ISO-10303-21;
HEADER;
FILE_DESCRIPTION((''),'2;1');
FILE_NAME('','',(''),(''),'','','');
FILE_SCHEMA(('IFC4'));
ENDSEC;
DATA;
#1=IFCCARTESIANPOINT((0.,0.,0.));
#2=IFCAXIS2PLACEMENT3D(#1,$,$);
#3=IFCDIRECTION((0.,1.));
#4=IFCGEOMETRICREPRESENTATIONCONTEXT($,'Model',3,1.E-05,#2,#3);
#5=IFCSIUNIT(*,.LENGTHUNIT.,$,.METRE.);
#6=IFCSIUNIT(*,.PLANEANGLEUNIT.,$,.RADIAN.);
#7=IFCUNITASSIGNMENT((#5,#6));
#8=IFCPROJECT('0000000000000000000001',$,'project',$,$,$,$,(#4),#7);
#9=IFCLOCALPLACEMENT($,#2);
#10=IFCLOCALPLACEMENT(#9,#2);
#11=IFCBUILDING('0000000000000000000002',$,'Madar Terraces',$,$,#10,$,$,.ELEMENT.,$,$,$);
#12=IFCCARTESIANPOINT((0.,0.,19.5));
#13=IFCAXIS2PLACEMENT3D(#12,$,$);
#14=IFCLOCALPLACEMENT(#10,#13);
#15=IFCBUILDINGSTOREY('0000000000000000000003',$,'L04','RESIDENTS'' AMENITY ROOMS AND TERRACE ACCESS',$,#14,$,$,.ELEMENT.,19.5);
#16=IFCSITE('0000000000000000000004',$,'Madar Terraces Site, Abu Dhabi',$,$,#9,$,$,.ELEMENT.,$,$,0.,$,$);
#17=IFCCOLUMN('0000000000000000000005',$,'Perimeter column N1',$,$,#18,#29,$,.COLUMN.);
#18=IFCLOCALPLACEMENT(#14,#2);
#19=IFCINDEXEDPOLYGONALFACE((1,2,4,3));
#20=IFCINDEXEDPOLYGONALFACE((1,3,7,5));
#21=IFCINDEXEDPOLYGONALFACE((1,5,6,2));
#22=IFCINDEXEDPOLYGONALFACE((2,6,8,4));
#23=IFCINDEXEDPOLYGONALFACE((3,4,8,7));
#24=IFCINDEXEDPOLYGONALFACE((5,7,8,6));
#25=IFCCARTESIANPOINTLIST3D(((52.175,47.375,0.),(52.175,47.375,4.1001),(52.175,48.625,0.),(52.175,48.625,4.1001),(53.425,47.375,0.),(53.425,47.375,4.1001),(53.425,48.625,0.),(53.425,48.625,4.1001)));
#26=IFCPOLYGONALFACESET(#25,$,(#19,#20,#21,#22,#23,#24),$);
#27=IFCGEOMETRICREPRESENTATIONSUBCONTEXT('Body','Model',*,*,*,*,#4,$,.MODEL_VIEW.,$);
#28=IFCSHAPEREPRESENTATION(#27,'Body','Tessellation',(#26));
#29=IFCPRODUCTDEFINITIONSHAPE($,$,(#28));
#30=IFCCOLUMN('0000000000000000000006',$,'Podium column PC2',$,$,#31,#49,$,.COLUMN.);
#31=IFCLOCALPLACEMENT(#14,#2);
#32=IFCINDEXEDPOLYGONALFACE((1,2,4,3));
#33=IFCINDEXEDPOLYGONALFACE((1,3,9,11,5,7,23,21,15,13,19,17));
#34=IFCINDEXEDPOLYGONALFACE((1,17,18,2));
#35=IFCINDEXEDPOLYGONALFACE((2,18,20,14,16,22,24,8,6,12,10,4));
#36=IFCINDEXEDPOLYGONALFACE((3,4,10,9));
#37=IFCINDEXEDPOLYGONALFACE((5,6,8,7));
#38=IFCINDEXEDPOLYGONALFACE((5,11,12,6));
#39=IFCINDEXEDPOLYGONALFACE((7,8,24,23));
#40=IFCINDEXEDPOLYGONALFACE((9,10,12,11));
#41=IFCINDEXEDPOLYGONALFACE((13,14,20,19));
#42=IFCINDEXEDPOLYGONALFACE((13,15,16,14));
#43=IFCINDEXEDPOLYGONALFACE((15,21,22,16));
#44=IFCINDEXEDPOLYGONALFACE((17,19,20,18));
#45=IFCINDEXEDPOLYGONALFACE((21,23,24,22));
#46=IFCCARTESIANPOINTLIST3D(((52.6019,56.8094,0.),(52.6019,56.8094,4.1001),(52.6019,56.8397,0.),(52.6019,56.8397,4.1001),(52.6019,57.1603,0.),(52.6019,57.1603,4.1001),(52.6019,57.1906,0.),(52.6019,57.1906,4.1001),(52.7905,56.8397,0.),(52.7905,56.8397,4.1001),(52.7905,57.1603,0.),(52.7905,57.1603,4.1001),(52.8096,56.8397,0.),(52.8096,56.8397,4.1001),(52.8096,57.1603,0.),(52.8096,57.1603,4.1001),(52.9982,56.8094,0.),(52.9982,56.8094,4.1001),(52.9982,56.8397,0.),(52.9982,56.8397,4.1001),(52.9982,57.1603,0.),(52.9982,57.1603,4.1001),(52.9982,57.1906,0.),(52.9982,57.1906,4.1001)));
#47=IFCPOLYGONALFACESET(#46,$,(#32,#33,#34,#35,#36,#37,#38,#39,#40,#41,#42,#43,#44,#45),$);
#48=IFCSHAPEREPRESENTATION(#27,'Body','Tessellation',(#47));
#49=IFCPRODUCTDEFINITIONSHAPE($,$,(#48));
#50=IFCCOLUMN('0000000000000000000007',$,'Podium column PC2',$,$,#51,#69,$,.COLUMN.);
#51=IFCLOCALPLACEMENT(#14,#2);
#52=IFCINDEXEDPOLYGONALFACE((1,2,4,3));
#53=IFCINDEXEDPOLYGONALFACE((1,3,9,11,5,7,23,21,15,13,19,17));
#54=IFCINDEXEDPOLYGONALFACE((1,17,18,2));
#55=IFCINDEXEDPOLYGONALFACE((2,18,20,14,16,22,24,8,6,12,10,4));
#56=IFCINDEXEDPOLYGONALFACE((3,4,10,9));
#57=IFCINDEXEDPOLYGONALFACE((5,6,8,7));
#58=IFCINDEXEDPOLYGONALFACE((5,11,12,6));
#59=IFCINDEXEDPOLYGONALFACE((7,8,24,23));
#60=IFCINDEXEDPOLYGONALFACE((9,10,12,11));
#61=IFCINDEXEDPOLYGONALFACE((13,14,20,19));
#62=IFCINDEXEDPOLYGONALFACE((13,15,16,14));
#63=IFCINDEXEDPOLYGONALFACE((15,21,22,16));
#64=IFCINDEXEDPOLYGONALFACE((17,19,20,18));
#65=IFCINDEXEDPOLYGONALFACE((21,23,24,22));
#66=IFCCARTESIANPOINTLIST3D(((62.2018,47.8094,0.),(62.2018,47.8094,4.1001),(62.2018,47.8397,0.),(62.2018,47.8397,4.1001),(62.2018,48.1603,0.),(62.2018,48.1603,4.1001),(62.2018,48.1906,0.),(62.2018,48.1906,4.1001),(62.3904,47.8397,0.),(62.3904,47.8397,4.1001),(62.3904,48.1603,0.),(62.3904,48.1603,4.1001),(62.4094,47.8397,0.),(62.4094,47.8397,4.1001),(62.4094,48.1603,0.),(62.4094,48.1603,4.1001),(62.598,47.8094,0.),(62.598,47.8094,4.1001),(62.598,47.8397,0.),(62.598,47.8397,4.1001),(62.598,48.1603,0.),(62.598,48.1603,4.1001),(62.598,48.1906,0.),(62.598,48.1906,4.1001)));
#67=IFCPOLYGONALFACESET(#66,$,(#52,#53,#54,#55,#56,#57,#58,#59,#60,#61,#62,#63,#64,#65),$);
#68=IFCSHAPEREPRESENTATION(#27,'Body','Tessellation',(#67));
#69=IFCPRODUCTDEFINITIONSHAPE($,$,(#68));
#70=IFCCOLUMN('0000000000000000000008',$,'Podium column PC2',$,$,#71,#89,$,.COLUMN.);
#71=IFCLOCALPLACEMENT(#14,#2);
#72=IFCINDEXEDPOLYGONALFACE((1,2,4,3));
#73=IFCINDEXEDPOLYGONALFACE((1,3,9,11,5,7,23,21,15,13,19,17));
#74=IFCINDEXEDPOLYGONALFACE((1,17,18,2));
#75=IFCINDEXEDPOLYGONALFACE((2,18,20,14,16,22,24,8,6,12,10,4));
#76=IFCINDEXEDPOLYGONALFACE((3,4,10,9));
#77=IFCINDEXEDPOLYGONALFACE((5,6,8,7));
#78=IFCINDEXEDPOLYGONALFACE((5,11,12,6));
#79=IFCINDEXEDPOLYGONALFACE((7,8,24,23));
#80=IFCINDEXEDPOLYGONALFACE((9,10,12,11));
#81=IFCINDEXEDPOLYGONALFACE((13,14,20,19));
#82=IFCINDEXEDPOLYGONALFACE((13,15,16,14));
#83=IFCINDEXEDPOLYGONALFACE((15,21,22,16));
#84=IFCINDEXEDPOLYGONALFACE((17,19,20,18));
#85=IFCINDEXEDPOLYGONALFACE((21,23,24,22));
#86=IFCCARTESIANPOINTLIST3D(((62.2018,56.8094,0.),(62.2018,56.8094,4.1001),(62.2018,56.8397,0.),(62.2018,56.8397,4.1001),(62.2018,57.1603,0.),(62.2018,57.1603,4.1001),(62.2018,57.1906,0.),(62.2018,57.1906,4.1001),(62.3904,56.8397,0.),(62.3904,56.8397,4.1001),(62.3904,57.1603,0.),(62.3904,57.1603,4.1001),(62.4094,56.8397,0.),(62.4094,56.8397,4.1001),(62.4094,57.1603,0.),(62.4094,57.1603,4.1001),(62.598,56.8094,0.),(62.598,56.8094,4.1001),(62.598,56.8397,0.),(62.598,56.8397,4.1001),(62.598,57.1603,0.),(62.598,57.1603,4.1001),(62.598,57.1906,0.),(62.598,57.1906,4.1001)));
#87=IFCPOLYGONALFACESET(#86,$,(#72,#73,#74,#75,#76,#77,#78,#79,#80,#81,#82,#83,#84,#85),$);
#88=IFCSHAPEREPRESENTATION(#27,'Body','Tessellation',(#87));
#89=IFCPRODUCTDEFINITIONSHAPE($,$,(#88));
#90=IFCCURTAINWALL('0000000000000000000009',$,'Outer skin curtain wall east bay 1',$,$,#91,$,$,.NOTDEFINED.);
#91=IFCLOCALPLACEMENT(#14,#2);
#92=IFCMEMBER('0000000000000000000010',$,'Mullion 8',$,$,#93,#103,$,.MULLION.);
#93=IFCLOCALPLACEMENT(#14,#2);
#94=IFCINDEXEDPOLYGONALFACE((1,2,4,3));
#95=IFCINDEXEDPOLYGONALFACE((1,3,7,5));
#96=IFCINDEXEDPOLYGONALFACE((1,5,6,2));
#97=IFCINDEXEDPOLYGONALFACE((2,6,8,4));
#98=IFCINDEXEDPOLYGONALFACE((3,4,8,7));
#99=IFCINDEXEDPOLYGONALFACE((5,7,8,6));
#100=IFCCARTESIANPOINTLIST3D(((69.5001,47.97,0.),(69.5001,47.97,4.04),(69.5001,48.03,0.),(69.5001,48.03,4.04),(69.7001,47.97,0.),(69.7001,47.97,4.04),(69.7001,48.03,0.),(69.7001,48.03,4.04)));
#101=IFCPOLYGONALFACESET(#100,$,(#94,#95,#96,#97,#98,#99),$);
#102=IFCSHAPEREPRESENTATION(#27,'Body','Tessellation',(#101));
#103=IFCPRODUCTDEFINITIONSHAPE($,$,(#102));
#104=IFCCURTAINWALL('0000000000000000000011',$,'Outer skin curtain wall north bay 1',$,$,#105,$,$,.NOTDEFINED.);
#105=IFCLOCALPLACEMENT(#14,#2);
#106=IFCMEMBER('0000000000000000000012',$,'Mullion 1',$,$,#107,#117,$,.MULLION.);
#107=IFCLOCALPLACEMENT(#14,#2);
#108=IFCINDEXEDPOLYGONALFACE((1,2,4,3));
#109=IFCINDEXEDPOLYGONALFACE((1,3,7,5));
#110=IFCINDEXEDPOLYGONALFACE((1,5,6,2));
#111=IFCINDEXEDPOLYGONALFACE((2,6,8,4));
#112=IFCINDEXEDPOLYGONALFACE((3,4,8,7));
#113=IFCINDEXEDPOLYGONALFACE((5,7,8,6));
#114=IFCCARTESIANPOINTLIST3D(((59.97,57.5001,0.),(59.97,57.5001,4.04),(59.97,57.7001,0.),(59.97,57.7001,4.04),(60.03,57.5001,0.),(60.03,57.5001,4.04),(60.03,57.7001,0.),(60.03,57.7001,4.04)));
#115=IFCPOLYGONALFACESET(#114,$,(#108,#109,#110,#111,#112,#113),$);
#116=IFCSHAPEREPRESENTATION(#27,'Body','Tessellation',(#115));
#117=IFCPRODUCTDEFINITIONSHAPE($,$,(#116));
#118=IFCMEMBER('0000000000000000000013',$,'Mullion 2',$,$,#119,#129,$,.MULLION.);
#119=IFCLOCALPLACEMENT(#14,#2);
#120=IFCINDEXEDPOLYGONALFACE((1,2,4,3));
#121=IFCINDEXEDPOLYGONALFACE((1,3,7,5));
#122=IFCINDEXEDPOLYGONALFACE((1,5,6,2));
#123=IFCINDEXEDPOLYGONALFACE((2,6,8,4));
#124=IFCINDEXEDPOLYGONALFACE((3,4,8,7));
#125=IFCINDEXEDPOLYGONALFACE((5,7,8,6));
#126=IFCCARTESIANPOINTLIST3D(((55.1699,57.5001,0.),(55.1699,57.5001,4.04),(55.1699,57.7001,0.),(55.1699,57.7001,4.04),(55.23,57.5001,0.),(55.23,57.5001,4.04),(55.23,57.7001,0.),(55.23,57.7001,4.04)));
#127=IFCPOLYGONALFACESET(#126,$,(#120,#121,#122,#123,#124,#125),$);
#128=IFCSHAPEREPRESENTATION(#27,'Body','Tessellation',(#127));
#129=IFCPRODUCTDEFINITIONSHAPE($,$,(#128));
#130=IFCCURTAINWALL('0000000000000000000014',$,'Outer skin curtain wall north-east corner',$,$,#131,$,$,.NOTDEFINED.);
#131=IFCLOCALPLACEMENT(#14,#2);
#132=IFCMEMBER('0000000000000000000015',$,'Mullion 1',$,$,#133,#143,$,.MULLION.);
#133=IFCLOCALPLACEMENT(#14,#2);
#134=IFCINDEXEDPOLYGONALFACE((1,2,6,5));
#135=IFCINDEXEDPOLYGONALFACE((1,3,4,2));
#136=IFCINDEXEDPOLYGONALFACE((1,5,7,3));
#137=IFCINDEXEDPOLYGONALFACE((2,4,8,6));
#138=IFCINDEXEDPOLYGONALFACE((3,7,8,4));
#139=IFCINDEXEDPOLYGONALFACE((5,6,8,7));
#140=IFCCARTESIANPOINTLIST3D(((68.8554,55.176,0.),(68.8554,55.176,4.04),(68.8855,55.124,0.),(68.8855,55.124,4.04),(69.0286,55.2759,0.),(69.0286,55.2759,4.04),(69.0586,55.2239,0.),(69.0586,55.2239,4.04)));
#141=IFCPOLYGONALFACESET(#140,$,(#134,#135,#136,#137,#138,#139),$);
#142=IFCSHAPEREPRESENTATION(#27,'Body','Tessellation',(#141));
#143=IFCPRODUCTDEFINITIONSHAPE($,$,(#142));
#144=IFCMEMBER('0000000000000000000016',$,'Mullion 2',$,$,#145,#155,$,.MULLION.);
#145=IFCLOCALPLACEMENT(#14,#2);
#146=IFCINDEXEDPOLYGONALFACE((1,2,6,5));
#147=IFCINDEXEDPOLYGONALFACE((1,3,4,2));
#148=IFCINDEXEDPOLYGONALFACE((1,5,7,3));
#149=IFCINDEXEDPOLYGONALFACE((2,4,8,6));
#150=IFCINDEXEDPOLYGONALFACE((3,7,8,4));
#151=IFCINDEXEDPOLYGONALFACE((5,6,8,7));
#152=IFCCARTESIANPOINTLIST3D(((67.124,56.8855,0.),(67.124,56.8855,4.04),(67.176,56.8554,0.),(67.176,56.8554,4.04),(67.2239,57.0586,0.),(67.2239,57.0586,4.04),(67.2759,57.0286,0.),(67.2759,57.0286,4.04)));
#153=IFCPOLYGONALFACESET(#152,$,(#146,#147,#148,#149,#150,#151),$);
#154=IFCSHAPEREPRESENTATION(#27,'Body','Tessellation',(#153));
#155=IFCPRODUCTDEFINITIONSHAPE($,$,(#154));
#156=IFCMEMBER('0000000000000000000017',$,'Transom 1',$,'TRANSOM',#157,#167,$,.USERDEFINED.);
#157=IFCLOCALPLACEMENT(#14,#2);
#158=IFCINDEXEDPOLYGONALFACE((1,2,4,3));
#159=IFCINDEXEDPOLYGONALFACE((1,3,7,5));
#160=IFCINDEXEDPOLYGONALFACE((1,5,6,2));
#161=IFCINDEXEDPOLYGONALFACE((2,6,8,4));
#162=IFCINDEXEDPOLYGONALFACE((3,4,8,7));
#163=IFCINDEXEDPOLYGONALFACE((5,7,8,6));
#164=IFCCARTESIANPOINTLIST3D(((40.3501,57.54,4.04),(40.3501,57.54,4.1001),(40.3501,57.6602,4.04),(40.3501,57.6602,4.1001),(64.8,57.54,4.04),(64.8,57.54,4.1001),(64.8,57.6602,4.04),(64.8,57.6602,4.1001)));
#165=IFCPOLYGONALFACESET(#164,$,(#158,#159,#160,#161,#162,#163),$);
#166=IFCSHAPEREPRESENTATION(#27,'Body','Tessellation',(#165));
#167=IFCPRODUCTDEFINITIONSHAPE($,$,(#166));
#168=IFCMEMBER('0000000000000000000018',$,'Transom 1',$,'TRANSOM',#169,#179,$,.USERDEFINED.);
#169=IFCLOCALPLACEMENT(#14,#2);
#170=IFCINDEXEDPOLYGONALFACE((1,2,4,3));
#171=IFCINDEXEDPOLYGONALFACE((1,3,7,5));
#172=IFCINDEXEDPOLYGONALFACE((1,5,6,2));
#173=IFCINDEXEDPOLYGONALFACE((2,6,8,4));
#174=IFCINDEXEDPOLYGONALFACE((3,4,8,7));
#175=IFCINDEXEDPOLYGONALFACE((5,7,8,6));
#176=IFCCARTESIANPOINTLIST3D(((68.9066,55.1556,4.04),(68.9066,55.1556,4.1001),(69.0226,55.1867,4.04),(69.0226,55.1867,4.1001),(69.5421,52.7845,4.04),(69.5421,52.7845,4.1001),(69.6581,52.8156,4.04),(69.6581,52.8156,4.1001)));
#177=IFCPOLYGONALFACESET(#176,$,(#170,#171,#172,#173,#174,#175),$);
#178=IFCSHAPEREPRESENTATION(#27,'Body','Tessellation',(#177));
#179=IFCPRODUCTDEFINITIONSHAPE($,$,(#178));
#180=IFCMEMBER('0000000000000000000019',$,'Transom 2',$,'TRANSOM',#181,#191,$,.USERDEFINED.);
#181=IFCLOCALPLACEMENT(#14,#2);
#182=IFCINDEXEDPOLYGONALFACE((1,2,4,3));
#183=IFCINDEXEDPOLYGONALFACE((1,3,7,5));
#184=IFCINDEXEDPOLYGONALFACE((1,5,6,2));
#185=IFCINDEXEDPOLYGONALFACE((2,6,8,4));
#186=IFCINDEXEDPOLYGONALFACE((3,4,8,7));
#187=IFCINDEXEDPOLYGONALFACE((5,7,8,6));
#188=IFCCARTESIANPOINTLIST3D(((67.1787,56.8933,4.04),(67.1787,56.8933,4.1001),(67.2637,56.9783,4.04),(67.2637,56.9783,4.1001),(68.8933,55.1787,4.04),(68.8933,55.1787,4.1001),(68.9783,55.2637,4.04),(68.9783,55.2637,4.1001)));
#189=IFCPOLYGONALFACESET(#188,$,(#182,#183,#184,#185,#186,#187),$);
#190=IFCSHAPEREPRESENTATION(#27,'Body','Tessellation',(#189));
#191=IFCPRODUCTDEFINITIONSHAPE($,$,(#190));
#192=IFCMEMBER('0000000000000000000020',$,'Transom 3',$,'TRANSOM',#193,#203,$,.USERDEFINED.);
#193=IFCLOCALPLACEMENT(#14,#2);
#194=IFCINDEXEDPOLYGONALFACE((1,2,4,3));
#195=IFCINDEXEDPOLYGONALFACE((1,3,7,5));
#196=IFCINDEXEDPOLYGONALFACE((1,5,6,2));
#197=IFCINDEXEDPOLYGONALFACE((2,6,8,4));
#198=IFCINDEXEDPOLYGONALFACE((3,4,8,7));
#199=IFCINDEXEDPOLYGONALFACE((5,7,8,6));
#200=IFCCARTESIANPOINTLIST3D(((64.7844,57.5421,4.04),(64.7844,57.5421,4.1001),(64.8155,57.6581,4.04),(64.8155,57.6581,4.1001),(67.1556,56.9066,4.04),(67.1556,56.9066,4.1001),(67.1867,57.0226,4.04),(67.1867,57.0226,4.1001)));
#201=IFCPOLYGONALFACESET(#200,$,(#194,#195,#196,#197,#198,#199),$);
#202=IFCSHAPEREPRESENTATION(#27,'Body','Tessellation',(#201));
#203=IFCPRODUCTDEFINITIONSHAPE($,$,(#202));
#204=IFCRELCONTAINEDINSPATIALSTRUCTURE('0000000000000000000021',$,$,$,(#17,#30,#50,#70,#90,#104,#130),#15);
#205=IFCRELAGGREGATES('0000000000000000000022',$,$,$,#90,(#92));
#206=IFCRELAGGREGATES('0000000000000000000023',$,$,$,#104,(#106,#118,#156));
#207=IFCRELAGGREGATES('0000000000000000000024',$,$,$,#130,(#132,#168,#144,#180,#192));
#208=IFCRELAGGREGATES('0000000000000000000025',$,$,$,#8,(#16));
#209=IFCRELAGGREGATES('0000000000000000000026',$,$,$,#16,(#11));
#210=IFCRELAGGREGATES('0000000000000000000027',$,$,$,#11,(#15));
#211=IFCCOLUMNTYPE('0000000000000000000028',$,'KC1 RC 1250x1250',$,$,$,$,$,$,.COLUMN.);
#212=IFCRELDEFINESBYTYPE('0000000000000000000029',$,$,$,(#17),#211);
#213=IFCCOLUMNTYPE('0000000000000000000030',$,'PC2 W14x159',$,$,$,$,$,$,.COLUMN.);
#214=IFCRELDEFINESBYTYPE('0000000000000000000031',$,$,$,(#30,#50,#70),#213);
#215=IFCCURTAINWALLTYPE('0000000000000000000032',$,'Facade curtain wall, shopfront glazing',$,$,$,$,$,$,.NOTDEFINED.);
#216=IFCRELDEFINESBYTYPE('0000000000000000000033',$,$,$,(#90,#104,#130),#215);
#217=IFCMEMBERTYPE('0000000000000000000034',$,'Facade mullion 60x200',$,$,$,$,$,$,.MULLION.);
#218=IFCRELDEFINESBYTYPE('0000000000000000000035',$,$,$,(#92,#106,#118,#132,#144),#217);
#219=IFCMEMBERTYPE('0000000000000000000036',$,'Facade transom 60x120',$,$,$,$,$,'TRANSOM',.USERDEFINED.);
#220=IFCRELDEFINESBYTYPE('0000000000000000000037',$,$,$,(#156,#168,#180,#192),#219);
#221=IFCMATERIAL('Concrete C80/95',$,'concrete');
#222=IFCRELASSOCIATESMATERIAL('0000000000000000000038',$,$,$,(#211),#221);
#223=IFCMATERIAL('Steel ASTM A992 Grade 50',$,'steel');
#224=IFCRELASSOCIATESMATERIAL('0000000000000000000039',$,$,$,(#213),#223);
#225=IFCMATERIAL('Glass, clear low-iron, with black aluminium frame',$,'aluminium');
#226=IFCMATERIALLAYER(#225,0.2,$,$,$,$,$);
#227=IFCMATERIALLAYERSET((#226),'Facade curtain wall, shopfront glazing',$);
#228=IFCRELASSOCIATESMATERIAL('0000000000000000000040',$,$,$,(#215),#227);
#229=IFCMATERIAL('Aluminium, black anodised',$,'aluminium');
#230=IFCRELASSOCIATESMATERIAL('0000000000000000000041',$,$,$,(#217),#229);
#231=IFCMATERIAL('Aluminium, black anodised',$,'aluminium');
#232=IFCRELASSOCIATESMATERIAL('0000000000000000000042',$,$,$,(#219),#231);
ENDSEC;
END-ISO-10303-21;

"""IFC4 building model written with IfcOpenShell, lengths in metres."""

from ifc_helpers import new_model, si_unit, direction, frame, origin, origin_2d, place, context, subcontext, project, spatial, rectangle, i_section, extrude, material, layer, layer_set, material_profile, profile_set, type_object, element, aggregate, save


model = new_model("IFC4")

# Units and contexts
model_context = context("Model", 3, precision=1e-05, world=origin(), true_north=direction((0.0, 1.0)))
body_context = subcontext(model_context, "Body", "Model", "MODEL_VIEW")
ifc_project = project(units=[si_unit("LENGTHUNIT", "METRE"), si_unit("PLANEANGLEUNIT", "RADIAN")], contexts=[model_context])

# Site, building, storey
site_placement = place(None, origin())
site = spatial("IfcSite", under=ifc_project, at=site_placement, Name="Madar Terraces Site, Abu Dhabi", CompositionType="ELEMENT", RefElevation=0.0)
building_placement = place(site_placement, origin())
building = spatial("IfcBuilding", under=site, at=building_placement, Name="Madar Terraces", CompositionType="ELEMENT")
storey_placement = place(building_placement, frame((0.0, 0.0, 19.5)))
storey = spatial("IfcBuildingStorey", under=building, at=storey_placement, Name="L04", Description="RESIDENTS' AMENITY ROOMS AND TERRACE ACCESS", CompositionType="ELEMENT", Elevation=19.5)

# Columns
ifc_material_1 = material(Name="Concrete C80/95", Category="concrete")
ifc_material_profile_1 = material_profile(ifc_material_1, rectangle(XDim=1.25, YDim=1.25, at=origin_2d()), Name="KC1 RC 1250x1250")
ifc_profile_set_1 = profile_set([ifc_material_profile_1], Name="Concrete C80/95")
column_type_1 = type_object("IfcColumnType", Name="KC1 RC 1250x1250", PredefinedType="COLUMN", material=ifc_profile_set_1)
column_placement = place(storey_placement, frame((52.8, 48.0, 0.0), z_axis=(0.0, 0.0, 1.0), x_axis=(1.0, 0.0, 0.0)))
element("IfcColumn", 1, at=column_placement, inside=storey, type_object=column_type_1, Name="Perimeter column N1", PredefinedType="COLUMN", context=body_context, shape_type="SweptSolid", body=[
    extrude(rectangle(XDim=1.25, YDim=1.25, at=origin_2d()), origin(), (0.0, 0.0, 1.0), 4.1001),
])
ifc_material_2 = material(Name="Steel ASTM A992 Grade 50", Category="steel")
ifc_material_profile_2 = material_profile(ifc_material_2, i_section(OverallWidth=0.3962, OverallDepth=0.3811, WebThickness=0.019, FlangeThickness=0.0303, at=origin_2d()), Name="W14x159")
ifc_profile_set_2 = profile_set([ifc_material_profile_2], Name="Steel ASTM A992 Grade 50")
column_type_2 = type_object("IfcColumnType", Name="PC2 W14x159", PredefinedType="COLUMN", material=ifc_profile_set_2)
for number, where, z_axis, x_axis, name in (
    (2, (52.8, 57.0, 0.0), (0.0, 0.0, 1.0), (1.0, 0.0, 0.0), "Podium column PC2"),
    (3, (62.3999, 48.0, 0.0), (0.0, 0.0, 1.0), (1.0, 0.0, 0.0), "Podium column PC2"),
    (4, (62.3999, 57.0, 0.0), (0.0, 0.0, 1.0), (1.0, 0.0, 0.0), "Podium column PC2"),
):
    element("IfcColumn", number, at=place(storey_placement, frame(where, z_axis=z_axis, x_axis=x_axis)), inside=storey, type_object=column_type_2, Name=name, PredefinedType="COLUMN", context=body_context, shape_type="SweptSolid", body=[
        extrude(i_section(OverallWidth=0.3962, OverallDepth=0.3811, WebThickness=0.019, FlangeThickness=0.0303, at=origin_2d()), origin(), (0.0, 0.0, 1.0), 4.1001),
    ])

# Curtain wall, member
ifc_material_3 = material(Name="Glass, clear low-iron, with black aluminium frame", Category="aluminium")
ifc_layer_1 = layer(ifc_material_3, 0.2)
ifc_layer_set_1 = layer_set([ifc_layer_1], Name="Facade curtain wall, shopfront glazing")
curtain_wall_type = type_object("IfcCurtainWallType", Name="Facade curtain wall, shopfront glazing", PredefinedType="NOTDEFINED", material=ifc_layer_set_1)
curtain_wall_1_placement = place(storey_placement, origin())
curtain_wall_1 = element("IfcCurtainWall", 5, at=curtain_wall_1_placement, inside=storey, type_object=curtain_wall_type, Name="Outer skin curtain wall east bay 1", PredefinedType="NOTDEFINED")
ifc_material_4 = material(Name="Aluminium, black anodised", Category="aluminium")
ifc_material_profile_3 = material_profile(ifc_material_4, rectangle(XDim=0.2, YDim=0.0601, at=origin_2d()), Name="Facade mullion 60x200")
ifc_profile_set_3 = profile_set([ifc_material_profile_3], Name="Aluminium, black anodised")
member_type_1 = type_object("IfcMemberType", Name="Facade mullion 60x200", PredefinedType="MULLION", material=ifc_profile_set_3)
member_1_placement = place(storey_placement, frame((69.6001, 48.0, 0.0), z_axis=(0.0, 0.0, 1.0), x_axis=(-1.0, 0.0, 0.0)))
member_1 = element("IfcMember", 6, at=member_1_placement, type_object=member_type_1, Name="Mullion 8", PredefinedType="MULLION", context=body_context, shape_type="SweptSolid", body=[
    extrude(rectangle(XDim=0.2, YDim=0.0601, at=origin_2d()), origin(), (0.0, 0.0, 1.0), 4.04),
])

# Curtain walls, members
curtain_wall_2_placement = place(storey_placement, origin())
curtain_wall_2 = element("IfcCurtainWall", 7, at=curtain_wall_2_placement, inside=storey, type_object=curtain_wall_type, Name="Outer skin curtain wall north bay 1", PredefinedType="NOTDEFINED")
member_2_placement = place(storey_placement, frame((60.0, 57.6001, 0.0), z_axis=(0.0, 0.0, 1.0), x_axis=(0.0, -1.0, 0.0)))
member_2 = element("IfcMember", 8, at=member_2_placement, type_object=member_type_1, Name="Mullion 1", PredefinedType="MULLION", context=body_context, shape_type="SweptSolid", body=[
    extrude(rectangle(XDim=0.2, YDim=0.0601, at=origin_2d()), origin(), (0.0, 0.0, 1.0), 4.04),
])
member_3_placement = place(storey_placement, frame((55.2, 57.6001, 0.0), z_axis=(0.0, 0.0, 1.0), x_axis=(0.0, -1.0, 0.0)))
member_3 = element("IfcMember", 9, at=member_3_placement, type_object=member_type_1, Name="Mullion 2", PredefinedType="MULLION", context=body_context, shape_type="SweptSolid", body=[
    extrude(rectangle(XDim=0.2, YDim=0.0601, at=origin_2d()), origin(), (0.0, 0.0, 1.0), 4.04),
])
curtain_wall_3_placement = place(storey_placement, origin())
curtain_wall_3 = element("IfcCurtainWall", 10, at=curtain_wall_3_placement, inside=storey, type_object=curtain_wall_type, Name="Outer skin curtain wall north-east corner", PredefinedType="NOTDEFINED")
member_4_placement = place(storey_placement, frame((68.957, 55.2, 0.0), z_axis=(0.0, 0.0, 1.0), x_axis=(-0.866025, -0.5, 0.0)))
member_4 = element("IfcMember", 11, at=member_4_placement, type_object=member_type_1, Name="Mullion 1", PredefinedType="MULLION", context=body_context, shape_type="SweptSolid", body=[
    extrude(rectangle(XDim=0.2, YDim=0.0601, at=origin_2d()), origin(), (0.0, 0.0, 1.0), 4.04),
])
member_5_placement = place(storey_placement, frame((67.2, 56.957, 0.0), z_axis=(0.0, 0.0, 1.0), x_axis=(-0.5, -0.866025, 0.0)))
member_5 = element("IfcMember", 12, at=member_5_placement, type_object=member_type_1, Name="Mullion 2", PredefinedType="MULLION", context=body_context, shape_type="SweptSolid", body=[
    extrude(rectangle(XDim=0.2, YDim=0.0601, at=origin_2d()), origin(), (0.0, 0.0, 1.0), 4.04),
])

# Members
ifc_material_5 = material(Name="Aluminium, black anodised", Category="aluminium")
ifc_material_profile_4 = material_profile(ifc_material_5, rectangle(XDim=0.1201, YDim=0.0601, at=origin_2d()), Name="Facade transom 60x120")
ifc_profile_set_4 = profile_set([ifc_material_profile_4], Name="Aluminium, black anodised")
member_type_2 = type_object("IfcMemberType", Name="Facade transom 60x120", ElementType="TRANSOM", PredefinedType="USERDEFINED", material=ifc_profile_set_4)
member_6_placement = place(storey_placement, frame((64.8, 57.6001, 4.0701), z_axis=(-1.0, 0.0, 0.0), x_axis=(0.0, -1.0, 0.0)))
member_6 = element("IfcMember", 13, at=member_6_placement, type_object=member_type_2, Name="Transom 1", ObjectType="TRANSOM", PredefinedType="USERDEFINED", context=body_context, shape_type="SweptSolid", body=[
    extrude(rectangle(XDim=0.1201, YDim=0.0601, at=origin_2d()), origin(), (0.0, 0.0, 1.0), 24.45),
])
member_7_placement = place(storey_placement, frame((69.6001, 52.8, 4.0701), z_axis=(-0.258882, 0.965909, 0.0), x_axis=(-0.965909, -0.258882, 0.0)))
member_7 = element("IfcMember", 14, at=member_7_placement, type_object=member_type_2, Name="Transom 1", ObjectType="TRANSOM", PredefinedType="USERDEFINED", context=body_context, shape_type="SweptSolid", body=[
    extrude(rectangle(XDim=0.1201, YDim=0.0601, at=origin_2d()), origin(), (0.0, 0.0, 1.0), 2.4548),
])
member_8_placement = place(storey_placement, frame((68.9358, 55.2212, 4.0701), z_axis=(-0.707107, 0.707107, 0.0), x_axis=(-0.707107, -0.707107, 0.0)))
member_8 = element("IfcMember", 15, at=member_8_placement, type_object=member_type_2, Name="Transom 2", ObjectType="TRANSOM", PredefinedType="USERDEFINED", context=body_context, shape_type="SweptSolid", body=[
    extrude(rectangle(XDim=0.1201, YDim=0.0601, at=origin_2d()), origin(), (0.0, 0.0, 1.0), 2.4248),
])
member_9_placement = place(storey_placement, frame((67.1711, 56.9646, 4.0701), z_axis=(-0.965909, 0.258882, 0.0), x_axis=(-0.258882, -0.965909, 0.0)))
member_9 = element("IfcMember", 16, at=member_9_placement, type_object=member_type_2, Name="Transom 3", ObjectType="TRANSOM", PredefinedType="USERDEFINED", context=body_context, shape_type="SweptSolid", body=[
    extrude(rectangle(XDim=0.1201, YDim=0.0601, at=origin_2d()), origin(), (0.0, 0.0, 1.0), 2.4548),
])

aggregate(curtain_wall_1, [member_1])
aggregate(curtain_wall_2, [member_2, member_3, member_6])
aggregate(curtain_wall_3, [member_4, member_7, member_5, member_8, member_9])

save(model, "model.ifc")
